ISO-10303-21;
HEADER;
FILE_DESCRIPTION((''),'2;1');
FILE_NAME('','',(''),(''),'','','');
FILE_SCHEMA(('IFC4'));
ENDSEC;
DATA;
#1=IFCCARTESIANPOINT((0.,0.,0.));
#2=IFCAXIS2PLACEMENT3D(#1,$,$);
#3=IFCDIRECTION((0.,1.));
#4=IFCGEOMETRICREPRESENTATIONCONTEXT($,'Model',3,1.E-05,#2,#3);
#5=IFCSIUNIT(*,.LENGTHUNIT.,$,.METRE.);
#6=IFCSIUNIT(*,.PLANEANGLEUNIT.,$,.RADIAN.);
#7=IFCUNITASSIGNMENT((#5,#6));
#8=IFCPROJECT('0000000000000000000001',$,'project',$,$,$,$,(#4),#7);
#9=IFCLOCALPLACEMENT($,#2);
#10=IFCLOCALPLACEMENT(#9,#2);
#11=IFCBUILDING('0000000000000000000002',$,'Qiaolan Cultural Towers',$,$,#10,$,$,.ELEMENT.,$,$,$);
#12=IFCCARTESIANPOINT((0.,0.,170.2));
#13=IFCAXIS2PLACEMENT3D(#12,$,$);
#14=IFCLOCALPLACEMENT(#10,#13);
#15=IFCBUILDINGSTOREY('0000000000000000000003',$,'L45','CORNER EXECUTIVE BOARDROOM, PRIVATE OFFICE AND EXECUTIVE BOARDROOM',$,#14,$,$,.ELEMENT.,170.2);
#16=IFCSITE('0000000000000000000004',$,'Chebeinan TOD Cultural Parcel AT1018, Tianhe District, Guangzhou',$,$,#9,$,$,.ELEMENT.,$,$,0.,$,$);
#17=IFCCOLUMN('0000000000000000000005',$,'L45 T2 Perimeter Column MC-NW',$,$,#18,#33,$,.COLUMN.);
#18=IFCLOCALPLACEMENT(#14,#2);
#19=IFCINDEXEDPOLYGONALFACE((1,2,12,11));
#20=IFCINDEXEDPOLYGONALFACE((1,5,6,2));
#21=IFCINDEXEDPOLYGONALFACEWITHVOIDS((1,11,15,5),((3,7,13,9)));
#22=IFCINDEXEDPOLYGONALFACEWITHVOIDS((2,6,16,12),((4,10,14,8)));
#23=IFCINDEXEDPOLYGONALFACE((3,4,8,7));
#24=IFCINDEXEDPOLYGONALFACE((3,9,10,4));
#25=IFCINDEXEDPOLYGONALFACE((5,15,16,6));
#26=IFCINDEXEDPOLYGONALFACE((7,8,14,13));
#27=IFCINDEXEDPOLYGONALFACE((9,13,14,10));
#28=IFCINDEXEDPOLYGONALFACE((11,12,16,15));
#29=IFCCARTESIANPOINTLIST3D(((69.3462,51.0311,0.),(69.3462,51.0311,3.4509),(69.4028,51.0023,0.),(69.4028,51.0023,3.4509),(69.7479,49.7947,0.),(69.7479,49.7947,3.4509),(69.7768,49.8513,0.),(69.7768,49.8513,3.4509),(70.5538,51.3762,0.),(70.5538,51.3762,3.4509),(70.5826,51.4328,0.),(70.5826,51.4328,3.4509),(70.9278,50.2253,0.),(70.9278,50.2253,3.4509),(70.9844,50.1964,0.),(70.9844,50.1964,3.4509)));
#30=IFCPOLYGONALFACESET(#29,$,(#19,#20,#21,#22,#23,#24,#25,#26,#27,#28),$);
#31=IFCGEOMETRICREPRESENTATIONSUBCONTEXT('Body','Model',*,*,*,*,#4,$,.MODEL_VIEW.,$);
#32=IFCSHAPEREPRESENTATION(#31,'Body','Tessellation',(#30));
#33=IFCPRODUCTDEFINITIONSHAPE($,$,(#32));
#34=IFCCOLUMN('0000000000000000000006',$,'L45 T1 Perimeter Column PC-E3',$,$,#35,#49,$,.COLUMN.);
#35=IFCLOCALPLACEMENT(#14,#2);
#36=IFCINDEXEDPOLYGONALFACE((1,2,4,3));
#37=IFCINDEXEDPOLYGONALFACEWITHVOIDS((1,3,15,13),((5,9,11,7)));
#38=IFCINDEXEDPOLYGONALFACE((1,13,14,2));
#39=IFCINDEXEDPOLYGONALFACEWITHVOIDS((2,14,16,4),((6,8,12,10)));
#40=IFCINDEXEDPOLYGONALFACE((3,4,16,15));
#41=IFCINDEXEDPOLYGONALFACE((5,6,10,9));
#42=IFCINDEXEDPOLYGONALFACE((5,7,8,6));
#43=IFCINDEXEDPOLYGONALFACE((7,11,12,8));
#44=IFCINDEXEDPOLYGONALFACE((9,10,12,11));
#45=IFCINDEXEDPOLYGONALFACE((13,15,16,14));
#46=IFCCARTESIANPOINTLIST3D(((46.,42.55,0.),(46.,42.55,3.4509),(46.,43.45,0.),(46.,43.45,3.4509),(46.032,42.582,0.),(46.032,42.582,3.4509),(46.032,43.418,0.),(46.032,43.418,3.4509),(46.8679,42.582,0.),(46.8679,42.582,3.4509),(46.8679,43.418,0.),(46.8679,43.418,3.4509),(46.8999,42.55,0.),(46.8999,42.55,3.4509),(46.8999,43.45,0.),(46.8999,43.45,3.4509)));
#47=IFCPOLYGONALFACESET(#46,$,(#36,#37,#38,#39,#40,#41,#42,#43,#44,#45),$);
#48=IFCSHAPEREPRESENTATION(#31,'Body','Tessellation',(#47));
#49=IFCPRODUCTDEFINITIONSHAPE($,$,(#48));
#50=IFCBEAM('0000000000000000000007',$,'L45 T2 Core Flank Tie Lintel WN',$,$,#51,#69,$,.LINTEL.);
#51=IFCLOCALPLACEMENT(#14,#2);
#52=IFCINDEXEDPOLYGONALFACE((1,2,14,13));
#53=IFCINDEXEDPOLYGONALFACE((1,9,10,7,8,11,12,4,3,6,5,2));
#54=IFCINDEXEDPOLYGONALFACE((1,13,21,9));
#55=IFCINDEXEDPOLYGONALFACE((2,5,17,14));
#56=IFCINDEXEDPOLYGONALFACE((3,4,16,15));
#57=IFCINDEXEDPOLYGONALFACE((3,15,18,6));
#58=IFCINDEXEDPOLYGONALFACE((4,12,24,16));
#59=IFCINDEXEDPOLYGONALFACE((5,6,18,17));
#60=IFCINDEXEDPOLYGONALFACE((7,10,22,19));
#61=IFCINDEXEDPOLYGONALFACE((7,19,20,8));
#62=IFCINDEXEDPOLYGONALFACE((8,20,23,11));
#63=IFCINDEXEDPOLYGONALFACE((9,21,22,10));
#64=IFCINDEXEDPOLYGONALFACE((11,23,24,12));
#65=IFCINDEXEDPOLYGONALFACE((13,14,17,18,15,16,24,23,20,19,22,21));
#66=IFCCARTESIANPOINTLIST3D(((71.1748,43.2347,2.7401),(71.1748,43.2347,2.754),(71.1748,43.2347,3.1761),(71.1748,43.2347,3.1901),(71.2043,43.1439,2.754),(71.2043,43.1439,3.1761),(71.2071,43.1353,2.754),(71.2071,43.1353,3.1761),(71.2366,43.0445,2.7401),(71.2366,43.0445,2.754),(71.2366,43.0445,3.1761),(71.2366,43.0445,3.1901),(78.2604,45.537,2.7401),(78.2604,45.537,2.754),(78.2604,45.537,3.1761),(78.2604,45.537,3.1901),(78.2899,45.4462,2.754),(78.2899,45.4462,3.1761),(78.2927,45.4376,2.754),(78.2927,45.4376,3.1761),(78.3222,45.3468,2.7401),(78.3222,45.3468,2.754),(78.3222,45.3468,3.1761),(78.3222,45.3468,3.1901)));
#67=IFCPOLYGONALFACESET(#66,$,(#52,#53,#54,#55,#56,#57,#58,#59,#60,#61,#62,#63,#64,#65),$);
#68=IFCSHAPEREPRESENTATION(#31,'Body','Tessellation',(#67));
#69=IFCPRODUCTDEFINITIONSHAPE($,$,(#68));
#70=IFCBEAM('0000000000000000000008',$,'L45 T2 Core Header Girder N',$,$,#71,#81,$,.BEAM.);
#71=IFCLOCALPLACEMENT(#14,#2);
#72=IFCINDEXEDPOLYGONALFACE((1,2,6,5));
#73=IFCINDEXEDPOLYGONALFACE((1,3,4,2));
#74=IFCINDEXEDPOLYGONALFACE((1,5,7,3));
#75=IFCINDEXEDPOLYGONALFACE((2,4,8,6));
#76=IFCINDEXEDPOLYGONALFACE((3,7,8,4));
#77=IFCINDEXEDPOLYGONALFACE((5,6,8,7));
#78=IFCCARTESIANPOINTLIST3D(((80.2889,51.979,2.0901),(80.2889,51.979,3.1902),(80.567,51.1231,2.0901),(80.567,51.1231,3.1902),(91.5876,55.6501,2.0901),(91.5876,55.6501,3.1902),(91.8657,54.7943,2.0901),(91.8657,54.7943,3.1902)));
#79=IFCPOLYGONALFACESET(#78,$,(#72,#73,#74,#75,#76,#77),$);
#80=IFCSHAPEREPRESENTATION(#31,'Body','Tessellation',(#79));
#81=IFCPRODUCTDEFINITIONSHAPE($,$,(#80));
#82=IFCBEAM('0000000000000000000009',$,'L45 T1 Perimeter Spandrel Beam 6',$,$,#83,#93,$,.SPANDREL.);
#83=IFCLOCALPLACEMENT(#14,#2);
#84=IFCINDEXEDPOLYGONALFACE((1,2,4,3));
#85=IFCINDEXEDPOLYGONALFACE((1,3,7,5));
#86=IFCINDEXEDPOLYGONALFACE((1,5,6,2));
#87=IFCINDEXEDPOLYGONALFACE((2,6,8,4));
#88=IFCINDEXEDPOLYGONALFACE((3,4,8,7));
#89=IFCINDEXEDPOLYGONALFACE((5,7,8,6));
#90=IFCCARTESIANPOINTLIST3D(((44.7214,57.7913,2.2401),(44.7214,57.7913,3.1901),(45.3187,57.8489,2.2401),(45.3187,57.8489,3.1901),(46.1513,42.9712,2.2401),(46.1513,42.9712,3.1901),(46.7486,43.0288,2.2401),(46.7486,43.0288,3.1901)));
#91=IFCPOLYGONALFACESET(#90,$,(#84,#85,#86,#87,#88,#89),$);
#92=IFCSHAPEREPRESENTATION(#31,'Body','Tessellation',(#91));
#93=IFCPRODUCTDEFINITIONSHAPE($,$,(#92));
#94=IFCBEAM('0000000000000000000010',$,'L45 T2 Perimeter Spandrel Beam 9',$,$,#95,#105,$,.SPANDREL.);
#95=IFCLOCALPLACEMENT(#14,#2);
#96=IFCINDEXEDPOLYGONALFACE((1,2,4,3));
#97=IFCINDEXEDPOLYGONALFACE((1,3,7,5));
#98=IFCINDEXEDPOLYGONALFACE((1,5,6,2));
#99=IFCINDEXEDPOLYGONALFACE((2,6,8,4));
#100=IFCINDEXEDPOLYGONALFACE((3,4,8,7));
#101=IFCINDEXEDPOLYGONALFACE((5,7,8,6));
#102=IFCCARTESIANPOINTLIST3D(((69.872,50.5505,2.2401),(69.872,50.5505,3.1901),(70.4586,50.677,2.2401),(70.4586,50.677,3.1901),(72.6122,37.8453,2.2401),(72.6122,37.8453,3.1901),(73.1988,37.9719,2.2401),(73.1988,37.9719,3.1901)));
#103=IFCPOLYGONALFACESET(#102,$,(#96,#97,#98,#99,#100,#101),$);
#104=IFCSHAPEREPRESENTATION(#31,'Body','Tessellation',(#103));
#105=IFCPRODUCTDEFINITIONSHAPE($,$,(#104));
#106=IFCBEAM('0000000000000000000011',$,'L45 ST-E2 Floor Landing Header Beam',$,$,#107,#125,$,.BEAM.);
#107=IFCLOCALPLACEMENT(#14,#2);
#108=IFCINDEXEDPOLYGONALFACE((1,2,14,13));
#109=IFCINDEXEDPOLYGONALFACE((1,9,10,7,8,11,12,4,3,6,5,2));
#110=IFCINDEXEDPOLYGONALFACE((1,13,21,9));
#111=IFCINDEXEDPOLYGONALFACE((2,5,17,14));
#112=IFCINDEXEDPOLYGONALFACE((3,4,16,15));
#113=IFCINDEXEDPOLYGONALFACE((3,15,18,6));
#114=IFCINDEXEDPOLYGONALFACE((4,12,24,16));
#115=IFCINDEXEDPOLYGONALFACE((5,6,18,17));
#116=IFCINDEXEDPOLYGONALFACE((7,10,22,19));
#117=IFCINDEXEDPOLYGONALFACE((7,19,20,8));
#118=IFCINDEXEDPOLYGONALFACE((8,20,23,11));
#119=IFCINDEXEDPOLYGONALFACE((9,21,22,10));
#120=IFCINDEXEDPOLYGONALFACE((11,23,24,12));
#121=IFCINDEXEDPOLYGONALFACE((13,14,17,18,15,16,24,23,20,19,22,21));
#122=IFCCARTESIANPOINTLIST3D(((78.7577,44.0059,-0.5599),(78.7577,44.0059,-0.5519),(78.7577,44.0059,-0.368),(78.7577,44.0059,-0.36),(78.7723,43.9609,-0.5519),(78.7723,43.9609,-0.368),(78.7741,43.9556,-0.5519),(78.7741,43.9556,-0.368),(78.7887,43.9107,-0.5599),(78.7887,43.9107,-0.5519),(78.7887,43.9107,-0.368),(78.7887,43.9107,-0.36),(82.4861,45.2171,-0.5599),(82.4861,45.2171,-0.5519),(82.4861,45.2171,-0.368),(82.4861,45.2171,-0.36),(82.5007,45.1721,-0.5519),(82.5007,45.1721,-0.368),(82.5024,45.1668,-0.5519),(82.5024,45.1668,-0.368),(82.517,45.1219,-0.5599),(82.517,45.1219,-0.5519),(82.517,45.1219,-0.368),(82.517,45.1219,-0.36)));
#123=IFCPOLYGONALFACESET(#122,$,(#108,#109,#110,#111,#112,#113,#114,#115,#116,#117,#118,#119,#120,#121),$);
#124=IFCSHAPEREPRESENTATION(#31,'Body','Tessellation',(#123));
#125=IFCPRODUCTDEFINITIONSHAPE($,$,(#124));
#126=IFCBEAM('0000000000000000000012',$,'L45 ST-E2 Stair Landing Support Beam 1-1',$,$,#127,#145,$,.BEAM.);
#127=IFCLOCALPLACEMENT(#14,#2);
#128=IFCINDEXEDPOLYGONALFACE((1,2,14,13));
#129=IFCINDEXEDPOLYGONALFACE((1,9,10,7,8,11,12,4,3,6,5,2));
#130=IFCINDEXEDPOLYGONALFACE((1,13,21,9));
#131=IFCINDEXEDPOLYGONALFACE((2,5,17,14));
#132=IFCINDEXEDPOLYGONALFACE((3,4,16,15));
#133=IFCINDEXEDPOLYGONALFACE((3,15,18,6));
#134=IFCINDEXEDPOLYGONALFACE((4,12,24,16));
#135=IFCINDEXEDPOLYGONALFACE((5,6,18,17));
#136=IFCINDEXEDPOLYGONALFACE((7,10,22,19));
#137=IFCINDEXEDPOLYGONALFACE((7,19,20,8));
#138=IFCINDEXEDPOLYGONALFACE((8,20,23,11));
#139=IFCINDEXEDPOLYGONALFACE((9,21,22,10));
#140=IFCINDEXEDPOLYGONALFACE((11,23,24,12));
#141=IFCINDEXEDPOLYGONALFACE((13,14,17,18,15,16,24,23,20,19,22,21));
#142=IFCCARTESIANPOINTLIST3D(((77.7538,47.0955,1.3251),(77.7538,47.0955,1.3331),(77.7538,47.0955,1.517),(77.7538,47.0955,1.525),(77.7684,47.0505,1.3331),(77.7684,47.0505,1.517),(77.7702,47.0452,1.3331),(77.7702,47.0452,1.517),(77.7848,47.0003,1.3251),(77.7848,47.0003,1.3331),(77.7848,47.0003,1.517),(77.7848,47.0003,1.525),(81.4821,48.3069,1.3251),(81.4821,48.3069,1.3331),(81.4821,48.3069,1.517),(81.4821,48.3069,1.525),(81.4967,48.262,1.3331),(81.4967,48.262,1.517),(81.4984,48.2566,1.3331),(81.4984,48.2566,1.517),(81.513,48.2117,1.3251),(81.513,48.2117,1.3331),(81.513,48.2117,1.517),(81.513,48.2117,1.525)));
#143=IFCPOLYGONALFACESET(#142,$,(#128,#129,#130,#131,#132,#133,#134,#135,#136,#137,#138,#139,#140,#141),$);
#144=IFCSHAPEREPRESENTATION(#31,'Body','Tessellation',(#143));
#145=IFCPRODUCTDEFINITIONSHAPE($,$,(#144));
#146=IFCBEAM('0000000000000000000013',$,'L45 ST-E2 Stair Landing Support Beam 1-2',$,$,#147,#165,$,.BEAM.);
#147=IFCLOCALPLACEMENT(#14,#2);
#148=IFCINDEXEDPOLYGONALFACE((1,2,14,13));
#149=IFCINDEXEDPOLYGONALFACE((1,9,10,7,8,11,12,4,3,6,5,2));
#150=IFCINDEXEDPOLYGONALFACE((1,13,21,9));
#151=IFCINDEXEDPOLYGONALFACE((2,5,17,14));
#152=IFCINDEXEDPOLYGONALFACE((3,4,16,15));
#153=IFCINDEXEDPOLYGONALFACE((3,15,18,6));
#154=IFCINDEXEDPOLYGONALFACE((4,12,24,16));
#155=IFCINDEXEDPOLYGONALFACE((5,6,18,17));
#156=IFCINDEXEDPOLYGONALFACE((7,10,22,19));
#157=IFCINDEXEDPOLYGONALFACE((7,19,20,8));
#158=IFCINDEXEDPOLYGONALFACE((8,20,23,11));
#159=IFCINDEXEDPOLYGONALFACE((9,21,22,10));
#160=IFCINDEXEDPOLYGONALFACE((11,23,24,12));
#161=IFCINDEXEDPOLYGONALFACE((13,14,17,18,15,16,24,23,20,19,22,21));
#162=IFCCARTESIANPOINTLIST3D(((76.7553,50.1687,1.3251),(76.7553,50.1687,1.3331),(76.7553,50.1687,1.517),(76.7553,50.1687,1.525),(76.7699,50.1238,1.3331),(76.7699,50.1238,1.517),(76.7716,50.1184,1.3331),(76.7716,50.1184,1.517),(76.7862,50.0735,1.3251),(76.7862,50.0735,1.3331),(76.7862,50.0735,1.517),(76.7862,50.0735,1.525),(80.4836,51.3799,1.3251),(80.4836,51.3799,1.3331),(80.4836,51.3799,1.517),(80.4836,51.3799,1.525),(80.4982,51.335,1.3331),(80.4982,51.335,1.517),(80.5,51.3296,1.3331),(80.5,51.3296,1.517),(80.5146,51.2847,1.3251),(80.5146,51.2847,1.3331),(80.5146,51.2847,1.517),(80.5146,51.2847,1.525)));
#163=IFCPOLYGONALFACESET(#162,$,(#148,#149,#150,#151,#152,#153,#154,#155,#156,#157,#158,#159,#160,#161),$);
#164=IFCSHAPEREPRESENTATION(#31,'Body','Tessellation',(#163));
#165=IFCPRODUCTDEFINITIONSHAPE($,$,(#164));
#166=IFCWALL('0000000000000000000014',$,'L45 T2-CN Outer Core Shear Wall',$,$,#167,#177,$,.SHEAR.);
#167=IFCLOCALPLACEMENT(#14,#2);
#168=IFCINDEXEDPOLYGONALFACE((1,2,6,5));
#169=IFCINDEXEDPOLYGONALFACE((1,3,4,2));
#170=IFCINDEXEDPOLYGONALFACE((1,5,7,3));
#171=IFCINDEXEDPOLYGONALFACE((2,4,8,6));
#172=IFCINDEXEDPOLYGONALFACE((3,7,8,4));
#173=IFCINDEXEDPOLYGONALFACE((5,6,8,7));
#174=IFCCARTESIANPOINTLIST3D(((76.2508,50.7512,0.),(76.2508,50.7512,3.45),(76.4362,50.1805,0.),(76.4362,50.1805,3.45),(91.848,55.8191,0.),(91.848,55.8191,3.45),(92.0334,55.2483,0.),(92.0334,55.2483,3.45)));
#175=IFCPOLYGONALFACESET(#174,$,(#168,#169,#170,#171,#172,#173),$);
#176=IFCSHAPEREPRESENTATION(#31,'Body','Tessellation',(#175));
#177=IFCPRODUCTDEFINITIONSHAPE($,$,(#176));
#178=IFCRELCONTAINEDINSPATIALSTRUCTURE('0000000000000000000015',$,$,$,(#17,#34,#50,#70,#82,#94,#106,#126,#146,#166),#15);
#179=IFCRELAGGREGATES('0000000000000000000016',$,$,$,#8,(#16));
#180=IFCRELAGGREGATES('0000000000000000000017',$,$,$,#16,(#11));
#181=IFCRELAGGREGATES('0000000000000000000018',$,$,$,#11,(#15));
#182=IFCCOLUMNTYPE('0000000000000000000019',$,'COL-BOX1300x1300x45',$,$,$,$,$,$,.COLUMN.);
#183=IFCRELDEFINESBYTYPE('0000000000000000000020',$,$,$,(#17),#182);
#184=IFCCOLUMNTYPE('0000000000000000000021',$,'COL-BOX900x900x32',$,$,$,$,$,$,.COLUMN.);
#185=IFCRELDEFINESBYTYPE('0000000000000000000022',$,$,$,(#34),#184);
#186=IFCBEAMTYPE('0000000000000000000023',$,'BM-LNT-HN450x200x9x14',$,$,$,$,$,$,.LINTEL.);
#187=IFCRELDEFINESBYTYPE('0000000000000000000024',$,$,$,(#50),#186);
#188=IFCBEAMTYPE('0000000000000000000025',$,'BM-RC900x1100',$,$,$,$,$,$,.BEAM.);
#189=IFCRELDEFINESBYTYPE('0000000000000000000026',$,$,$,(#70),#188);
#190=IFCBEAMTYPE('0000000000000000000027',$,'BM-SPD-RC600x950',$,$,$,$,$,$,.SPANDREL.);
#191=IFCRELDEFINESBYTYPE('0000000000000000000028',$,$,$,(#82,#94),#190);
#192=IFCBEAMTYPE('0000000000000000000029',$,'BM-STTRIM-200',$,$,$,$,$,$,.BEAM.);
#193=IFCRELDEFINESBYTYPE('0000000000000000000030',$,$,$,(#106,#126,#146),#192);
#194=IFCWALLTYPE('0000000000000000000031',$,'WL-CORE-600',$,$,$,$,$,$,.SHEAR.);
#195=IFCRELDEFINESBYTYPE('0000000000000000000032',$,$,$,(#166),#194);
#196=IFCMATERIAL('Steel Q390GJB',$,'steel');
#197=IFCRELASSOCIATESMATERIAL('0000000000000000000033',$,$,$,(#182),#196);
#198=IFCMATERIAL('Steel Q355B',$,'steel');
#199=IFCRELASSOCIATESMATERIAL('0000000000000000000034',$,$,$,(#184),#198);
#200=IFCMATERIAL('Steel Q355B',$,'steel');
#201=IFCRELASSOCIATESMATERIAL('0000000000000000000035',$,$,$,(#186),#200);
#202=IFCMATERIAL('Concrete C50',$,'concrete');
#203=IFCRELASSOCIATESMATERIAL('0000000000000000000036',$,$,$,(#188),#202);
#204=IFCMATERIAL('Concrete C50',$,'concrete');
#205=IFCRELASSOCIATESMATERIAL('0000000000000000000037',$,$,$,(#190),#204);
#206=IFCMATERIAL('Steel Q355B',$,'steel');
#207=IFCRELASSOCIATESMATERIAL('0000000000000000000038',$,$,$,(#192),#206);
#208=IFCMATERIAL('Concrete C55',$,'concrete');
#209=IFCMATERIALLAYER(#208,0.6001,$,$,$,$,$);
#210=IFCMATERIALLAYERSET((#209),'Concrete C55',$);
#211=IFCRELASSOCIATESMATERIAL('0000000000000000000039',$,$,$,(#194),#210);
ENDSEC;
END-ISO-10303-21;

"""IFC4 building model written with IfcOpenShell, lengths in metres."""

from ifc_helpers import new_model, si_unit, direction, frame, frame_2d, origin, origin_2d, place, context, subcontext, project, spatial, rectangle, hollow_rectangle, i_section, extrude, material, layer, layer_set, material_profile, profile_set, type_object, element, save


model = new_model("IFC4")

# Units and contexts
model_context = context("Model", 3, precision=1e-05, world=origin(), true_north=direction((0.0, 1.0)))
body_context = subcontext(model_context, "Body", "Model", "MODEL_VIEW")
ifc_project = project(units=[si_unit("LENGTHUNIT", "METRE"), si_unit("PLANEANGLEUNIT", "RADIAN")], contexts=[model_context])

# Site, building, storey
site_placement = place(None, origin())
site = spatial("IfcSite", under=ifc_project, at=site_placement, Name="Chebeinan TOD Cultural Parcel AT1018, Tianhe District, Guangzhou", CompositionType="ELEMENT", RefElevation=0.0)
building_placement = place(site_placement, origin())
building = spatial("IfcBuilding", under=site, at=building_placement, Name="Qiaolan Cultural Towers", CompositionType="ELEMENT")
storey_placement = place(building_placement, frame((0.0, 0.0, 170.2)))
storey = spatial("IfcBuildingStorey", under=building, at=storey_placement, Name="L45", Description="CORNER EXECUTIVE BOARDROOM, PRIVATE OFFICE AND EXECUTIVE BOARDROOM", CompositionType="ELEMENT", Elevation=170.2)

# Columns
ifc_material_1 = material(Name="Steel Q390GJB", Category="steel")
ifc_material_profile_1 = material_profile(ifc_material_1, hollow_rectangle(XDim=1.3, YDim=1.3, WallThickness=0.0449, at=origin_2d()), Name="BOX1300x1300x45")
ifc_profile_set_1 = profile_set([ifc_material_profile_1], Name="Steel Q390GJB")
column_type_1 = type_object("IfcColumnType", Name="COL-BOX1300x1300x45", PredefinedType="COLUMN", material=ifc_profile_set_1)
column_1_placement = place(storey_placement, frame((70.1653, 50.6138, 0.0), z_axis=(0.0, 0.0, 1.0), x_axis=(0.951057, 0.309017, 0.0)))
element("IfcColumn", 1, at=column_1_placement, inside=storey, type_object=column_type_1, Name="L45 T2 Perimeter Column MC-NW", PredefinedType="COLUMN", context=body_context, shape_type="SweptSolid", body=[
    extrude(hollow_rectangle(XDim=1.3, YDim=1.3, WallThickness=0.0449, at=origin_2d()), origin(), (0.0, 0.0, 1.0), 3.4509),
])
ifc_material_2 = material(Name="Steel Q355B", Category="steel")
ifc_material_profile_2 = material_profile(ifc_material_2, hollow_rectangle(XDim=0.8999, YDim=0.8999, WallThickness=0.032, at=origin_2d()), Name="BOX900x900x32")
ifc_profile_set_2 = profile_set([ifc_material_profile_2], Name="Steel Q355B")
column_type_2 = type_object("IfcColumnType", Name="COL-BOX900x900x32", PredefinedType="COLUMN", material=ifc_profile_set_2)
column_2_placement = place(storey_placement, frame((46.45, 43.0, 0.0), z_axis=(0.0, 0.0, 1.0), x_axis=(1.0, 0.0, 0.0)))
element("IfcColumn", 2, at=column_2_placement, inside=storey, type_object=column_type_2, Name="L45 T1 Perimeter Column PC-E3", PredefinedType="COLUMN", context=body_context, shape_type="SweptSolid", body=[
    extrude(hollow_rectangle(XDim=0.8999, YDim=0.8999, WallThickness=0.032, at=origin_2d()), origin(), (0.0, 0.0, 1.0), 3.4509),
])

# Beams
ifc_material_3 = material(Name="Steel Q355B", Category="steel")
ifc_material_profile_3 = material_profile(ifc_material_3, i_section(OverallWidth=0.2, OverallDepth=0.45, WebThickness=0.009, FlangeThickness=0.0139, at=origin_2d()), Name="HN450x200x9x14")
ifc_profile_set_3 = profile_set([ifc_material_profile_3], Name="Steel Q355B")
beam_type_1 = type_object("IfcBeamType", Name="BM-LNT-HN450x200x9x14", PredefinedType="LINTEL", material=ifc_profile_set_3)
beam_1_placement = place(storey_placement, frame((78.2913, 45.4419, 2.9651), z_axis=(-0.951055, -0.309022, 0.0), x_axis=(0.309022, -0.951055, 0.0)))
element("IfcBeam", 3, at=beam_1_placement, inside=storey, type_object=beam_type_1, Name="L45 T2 Core Flank Tie Lintel WN", PredefinedType="LINTEL", context=body_context, shape_type="SweptSolid", body=[
    extrude(i_section(OverallWidth=0.2, OverallDepth=0.45, WebThickness=0.009, FlangeThickness=0.0139, at=origin_2d()), origin(), (0.0, 0.0, 1.0), 7.4502),
])
ifc_material_4 = material(Name="Concrete C50", Category="concrete")
ifc_material_profile_4 = material_profile(ifc_material_4, rectangle(XDim=0.8999, YDim=1.1001, at=origin_2d()), Name="RC900x1100")
ifc_profile_set_4 = profile_set([ifc_material_profile_4], Name="Concrete C50")
beam_type_2 = type_object("IfcBeamType", Name="BM-RC900x1100", PredefinedType="BEAM", material=ifc_profile_set_4)
beam_2_placement = place(storey_placement, frame((80.428, 51.551, 2.6401), z_axis=(0.951056, 0.309018, 0.0), x_axis=(-0.309018, 0.951056, 0.0)))
element("IfcBeam", 4, at=beam_2_placement, inside=storey, type_object=beam_type_2, Name="L45 T2 Core Header Girder N", PredefinedType="BEAM", context=body_context, shape_type="SweptSolid", body=[
    extrude(rectangle(XDim=0.8999, YDim=1.1001, at=origin_2d()), origin(), (0.0, 0.0, 1.0), 11.8801),
])
ifc_material_5 = material(Name="Concrete C50", Category="concrete")
ifc_material_profile_5 = material_profile(ifc_material_5, rectangle(XDim=0.6001, YDim=0.95, at=origin_2d()), Name="RC600x950")
ifc_profile_set_5 = profile_set([ifc_material_profile_5], Name="Concrete C50")
beam_type_3 = type_object("IfcBeamType", Name="BM-SPD-RC600x950", PredefinedType="SPANDREL", material=ifc_profile_set_5)
beam_3_placement = place(storey_placement, frame((46.45, 43.0, 2.7151), z_axis=(-0.09604, 0.995377, 0.0), x_axis=(-0.995377, -0.09604, 0.0)))
element("IfcBeam", 5, at=beam_3_placement, inside=storey, type_object=beam_type_3, Name="L45 T1 Perimeter Spandrel Beam 6", PredefinedType="SPANDREL", context=body_context, shape_type="SweptSolid", body=[
    extrude(rectangle(XDim=0.6001, YDim=0.95, at=origin_2d()), origin(), (0.0, 0.0, 1.0), 14.8889),
])
beam_4_placement = place(storey_placement, frame((70.1653, 50.6138, 2.7151), z_axis=(0.210832, -0.977522, 0.0), x_axis=(0.977522, 0.210832, 0.0)))
element("IfcBeam", 6, at=beam_4_placement, inside=storey, type_object=beam_type_3, Name="L45 T2 Perimeter Spandrel Beam 9", PredefinedType="SPANDREL", context=body_context, shape_type="SweptSolid", body=[
    extrude(rectangle(XDim=0.6001, YDim=0.95, at=origin_2d()), origin(), (0.0, 0.0, 1.0), 12.9973),
])
ifc_material_6 = material(Name="Steel Q355B", Category="steel")
ifc_material_profile_6 = material_profile(ifc_material_6, i_section(OverallWidth=0.1001, OverallDepth=0.2, WebThickness=0.0056, FlangeThickness=0.0081, at=origin_2d()), Name="HN200x100x5.5x8")
ifc_profile_set_6 = profile_set([ifc_material_profile_6], Name="Steel Q355B")
beam_type_4 = type_object("IfcBeamType", Name="BM-STTRIM-200", PredefinedType="BEAM", material=ifc_profile_set_6)
for number, where, z_axis, x_axis, name in (
    (7, (78.7732, 43.9583, -0.46), (0.951072, 0.308969, 0.0), (-0.308969, 0.951072, 0.0), "L45 ST-E2 Floor Landing Header Beam"),
    (8, (77.7693, 47.0479, 1.425), (0.951054, 0.309026, 0.0), (-0.309026, 0.951054, 0.0), "L45 ST-E2 Stair Landing Support Beam 1-1"),
    (9, (76.7708, 50.1211, 1.425), (0.951072, 0.308969, 0.0), (-0.308969, 0.951072, 0.0), "L45 ST-E2 Stair Landing Support Beam 1-2"),
):
    element("IfcBeam", number, at=place(storey_placement, frame(where, z_axis=z_axis, x_axis=x_axis)), inside=storey, type_object=beam_type_4, Name=name, PredefinedType="BEAM", context=body_context, shape_type="SweptSolid", body=[
        extrude(i_section(OverallWidth=0.1001, OverallDepth=0.2, WebThickness=0.0056, FlangeThickness=0.0081, at=origin_2d()), origin(), (0.0, 0.0, 1.0), 3.9202),
    ])

# Wall
ifc_material_7 = material(Name="Concrete C55", Category="concrete")
ifc_layer_1 = layer(ifc_material_7, 0.6001)
ifc_layer_set_1 = layer_set([ifc_layer_1], Name="Concrete C55")
wall_type_1 = type_object("IfcWallType", Name="WL-CORE-600", PredefinedType="SHEAR", material=ifc_layer_set_1)
wall_1_placement = place(storey_placement, frame((76.3435, 50.4658, 0.0), z_axis=(0.0, 0.0, 1.0), x_axis=(0.951056, 0.309019, 0.0)))
element("IfcWall", 10, at=wall_1_placement, inside=storey, type_object=wall_type_1, Name="L45 T2-CN Outer Core Shear Wall", PredefinedType="SHEAR", context=body_context, shape_type="SweptSolid", body=[
    extrude(rectangle(XDim=16.3999, YDim=0.6001, at=frame_2d((8.2, 0.0))), origin(), (0.0, 0.0, 1.0), 3.45),
])

save(model, "model.ifc")
